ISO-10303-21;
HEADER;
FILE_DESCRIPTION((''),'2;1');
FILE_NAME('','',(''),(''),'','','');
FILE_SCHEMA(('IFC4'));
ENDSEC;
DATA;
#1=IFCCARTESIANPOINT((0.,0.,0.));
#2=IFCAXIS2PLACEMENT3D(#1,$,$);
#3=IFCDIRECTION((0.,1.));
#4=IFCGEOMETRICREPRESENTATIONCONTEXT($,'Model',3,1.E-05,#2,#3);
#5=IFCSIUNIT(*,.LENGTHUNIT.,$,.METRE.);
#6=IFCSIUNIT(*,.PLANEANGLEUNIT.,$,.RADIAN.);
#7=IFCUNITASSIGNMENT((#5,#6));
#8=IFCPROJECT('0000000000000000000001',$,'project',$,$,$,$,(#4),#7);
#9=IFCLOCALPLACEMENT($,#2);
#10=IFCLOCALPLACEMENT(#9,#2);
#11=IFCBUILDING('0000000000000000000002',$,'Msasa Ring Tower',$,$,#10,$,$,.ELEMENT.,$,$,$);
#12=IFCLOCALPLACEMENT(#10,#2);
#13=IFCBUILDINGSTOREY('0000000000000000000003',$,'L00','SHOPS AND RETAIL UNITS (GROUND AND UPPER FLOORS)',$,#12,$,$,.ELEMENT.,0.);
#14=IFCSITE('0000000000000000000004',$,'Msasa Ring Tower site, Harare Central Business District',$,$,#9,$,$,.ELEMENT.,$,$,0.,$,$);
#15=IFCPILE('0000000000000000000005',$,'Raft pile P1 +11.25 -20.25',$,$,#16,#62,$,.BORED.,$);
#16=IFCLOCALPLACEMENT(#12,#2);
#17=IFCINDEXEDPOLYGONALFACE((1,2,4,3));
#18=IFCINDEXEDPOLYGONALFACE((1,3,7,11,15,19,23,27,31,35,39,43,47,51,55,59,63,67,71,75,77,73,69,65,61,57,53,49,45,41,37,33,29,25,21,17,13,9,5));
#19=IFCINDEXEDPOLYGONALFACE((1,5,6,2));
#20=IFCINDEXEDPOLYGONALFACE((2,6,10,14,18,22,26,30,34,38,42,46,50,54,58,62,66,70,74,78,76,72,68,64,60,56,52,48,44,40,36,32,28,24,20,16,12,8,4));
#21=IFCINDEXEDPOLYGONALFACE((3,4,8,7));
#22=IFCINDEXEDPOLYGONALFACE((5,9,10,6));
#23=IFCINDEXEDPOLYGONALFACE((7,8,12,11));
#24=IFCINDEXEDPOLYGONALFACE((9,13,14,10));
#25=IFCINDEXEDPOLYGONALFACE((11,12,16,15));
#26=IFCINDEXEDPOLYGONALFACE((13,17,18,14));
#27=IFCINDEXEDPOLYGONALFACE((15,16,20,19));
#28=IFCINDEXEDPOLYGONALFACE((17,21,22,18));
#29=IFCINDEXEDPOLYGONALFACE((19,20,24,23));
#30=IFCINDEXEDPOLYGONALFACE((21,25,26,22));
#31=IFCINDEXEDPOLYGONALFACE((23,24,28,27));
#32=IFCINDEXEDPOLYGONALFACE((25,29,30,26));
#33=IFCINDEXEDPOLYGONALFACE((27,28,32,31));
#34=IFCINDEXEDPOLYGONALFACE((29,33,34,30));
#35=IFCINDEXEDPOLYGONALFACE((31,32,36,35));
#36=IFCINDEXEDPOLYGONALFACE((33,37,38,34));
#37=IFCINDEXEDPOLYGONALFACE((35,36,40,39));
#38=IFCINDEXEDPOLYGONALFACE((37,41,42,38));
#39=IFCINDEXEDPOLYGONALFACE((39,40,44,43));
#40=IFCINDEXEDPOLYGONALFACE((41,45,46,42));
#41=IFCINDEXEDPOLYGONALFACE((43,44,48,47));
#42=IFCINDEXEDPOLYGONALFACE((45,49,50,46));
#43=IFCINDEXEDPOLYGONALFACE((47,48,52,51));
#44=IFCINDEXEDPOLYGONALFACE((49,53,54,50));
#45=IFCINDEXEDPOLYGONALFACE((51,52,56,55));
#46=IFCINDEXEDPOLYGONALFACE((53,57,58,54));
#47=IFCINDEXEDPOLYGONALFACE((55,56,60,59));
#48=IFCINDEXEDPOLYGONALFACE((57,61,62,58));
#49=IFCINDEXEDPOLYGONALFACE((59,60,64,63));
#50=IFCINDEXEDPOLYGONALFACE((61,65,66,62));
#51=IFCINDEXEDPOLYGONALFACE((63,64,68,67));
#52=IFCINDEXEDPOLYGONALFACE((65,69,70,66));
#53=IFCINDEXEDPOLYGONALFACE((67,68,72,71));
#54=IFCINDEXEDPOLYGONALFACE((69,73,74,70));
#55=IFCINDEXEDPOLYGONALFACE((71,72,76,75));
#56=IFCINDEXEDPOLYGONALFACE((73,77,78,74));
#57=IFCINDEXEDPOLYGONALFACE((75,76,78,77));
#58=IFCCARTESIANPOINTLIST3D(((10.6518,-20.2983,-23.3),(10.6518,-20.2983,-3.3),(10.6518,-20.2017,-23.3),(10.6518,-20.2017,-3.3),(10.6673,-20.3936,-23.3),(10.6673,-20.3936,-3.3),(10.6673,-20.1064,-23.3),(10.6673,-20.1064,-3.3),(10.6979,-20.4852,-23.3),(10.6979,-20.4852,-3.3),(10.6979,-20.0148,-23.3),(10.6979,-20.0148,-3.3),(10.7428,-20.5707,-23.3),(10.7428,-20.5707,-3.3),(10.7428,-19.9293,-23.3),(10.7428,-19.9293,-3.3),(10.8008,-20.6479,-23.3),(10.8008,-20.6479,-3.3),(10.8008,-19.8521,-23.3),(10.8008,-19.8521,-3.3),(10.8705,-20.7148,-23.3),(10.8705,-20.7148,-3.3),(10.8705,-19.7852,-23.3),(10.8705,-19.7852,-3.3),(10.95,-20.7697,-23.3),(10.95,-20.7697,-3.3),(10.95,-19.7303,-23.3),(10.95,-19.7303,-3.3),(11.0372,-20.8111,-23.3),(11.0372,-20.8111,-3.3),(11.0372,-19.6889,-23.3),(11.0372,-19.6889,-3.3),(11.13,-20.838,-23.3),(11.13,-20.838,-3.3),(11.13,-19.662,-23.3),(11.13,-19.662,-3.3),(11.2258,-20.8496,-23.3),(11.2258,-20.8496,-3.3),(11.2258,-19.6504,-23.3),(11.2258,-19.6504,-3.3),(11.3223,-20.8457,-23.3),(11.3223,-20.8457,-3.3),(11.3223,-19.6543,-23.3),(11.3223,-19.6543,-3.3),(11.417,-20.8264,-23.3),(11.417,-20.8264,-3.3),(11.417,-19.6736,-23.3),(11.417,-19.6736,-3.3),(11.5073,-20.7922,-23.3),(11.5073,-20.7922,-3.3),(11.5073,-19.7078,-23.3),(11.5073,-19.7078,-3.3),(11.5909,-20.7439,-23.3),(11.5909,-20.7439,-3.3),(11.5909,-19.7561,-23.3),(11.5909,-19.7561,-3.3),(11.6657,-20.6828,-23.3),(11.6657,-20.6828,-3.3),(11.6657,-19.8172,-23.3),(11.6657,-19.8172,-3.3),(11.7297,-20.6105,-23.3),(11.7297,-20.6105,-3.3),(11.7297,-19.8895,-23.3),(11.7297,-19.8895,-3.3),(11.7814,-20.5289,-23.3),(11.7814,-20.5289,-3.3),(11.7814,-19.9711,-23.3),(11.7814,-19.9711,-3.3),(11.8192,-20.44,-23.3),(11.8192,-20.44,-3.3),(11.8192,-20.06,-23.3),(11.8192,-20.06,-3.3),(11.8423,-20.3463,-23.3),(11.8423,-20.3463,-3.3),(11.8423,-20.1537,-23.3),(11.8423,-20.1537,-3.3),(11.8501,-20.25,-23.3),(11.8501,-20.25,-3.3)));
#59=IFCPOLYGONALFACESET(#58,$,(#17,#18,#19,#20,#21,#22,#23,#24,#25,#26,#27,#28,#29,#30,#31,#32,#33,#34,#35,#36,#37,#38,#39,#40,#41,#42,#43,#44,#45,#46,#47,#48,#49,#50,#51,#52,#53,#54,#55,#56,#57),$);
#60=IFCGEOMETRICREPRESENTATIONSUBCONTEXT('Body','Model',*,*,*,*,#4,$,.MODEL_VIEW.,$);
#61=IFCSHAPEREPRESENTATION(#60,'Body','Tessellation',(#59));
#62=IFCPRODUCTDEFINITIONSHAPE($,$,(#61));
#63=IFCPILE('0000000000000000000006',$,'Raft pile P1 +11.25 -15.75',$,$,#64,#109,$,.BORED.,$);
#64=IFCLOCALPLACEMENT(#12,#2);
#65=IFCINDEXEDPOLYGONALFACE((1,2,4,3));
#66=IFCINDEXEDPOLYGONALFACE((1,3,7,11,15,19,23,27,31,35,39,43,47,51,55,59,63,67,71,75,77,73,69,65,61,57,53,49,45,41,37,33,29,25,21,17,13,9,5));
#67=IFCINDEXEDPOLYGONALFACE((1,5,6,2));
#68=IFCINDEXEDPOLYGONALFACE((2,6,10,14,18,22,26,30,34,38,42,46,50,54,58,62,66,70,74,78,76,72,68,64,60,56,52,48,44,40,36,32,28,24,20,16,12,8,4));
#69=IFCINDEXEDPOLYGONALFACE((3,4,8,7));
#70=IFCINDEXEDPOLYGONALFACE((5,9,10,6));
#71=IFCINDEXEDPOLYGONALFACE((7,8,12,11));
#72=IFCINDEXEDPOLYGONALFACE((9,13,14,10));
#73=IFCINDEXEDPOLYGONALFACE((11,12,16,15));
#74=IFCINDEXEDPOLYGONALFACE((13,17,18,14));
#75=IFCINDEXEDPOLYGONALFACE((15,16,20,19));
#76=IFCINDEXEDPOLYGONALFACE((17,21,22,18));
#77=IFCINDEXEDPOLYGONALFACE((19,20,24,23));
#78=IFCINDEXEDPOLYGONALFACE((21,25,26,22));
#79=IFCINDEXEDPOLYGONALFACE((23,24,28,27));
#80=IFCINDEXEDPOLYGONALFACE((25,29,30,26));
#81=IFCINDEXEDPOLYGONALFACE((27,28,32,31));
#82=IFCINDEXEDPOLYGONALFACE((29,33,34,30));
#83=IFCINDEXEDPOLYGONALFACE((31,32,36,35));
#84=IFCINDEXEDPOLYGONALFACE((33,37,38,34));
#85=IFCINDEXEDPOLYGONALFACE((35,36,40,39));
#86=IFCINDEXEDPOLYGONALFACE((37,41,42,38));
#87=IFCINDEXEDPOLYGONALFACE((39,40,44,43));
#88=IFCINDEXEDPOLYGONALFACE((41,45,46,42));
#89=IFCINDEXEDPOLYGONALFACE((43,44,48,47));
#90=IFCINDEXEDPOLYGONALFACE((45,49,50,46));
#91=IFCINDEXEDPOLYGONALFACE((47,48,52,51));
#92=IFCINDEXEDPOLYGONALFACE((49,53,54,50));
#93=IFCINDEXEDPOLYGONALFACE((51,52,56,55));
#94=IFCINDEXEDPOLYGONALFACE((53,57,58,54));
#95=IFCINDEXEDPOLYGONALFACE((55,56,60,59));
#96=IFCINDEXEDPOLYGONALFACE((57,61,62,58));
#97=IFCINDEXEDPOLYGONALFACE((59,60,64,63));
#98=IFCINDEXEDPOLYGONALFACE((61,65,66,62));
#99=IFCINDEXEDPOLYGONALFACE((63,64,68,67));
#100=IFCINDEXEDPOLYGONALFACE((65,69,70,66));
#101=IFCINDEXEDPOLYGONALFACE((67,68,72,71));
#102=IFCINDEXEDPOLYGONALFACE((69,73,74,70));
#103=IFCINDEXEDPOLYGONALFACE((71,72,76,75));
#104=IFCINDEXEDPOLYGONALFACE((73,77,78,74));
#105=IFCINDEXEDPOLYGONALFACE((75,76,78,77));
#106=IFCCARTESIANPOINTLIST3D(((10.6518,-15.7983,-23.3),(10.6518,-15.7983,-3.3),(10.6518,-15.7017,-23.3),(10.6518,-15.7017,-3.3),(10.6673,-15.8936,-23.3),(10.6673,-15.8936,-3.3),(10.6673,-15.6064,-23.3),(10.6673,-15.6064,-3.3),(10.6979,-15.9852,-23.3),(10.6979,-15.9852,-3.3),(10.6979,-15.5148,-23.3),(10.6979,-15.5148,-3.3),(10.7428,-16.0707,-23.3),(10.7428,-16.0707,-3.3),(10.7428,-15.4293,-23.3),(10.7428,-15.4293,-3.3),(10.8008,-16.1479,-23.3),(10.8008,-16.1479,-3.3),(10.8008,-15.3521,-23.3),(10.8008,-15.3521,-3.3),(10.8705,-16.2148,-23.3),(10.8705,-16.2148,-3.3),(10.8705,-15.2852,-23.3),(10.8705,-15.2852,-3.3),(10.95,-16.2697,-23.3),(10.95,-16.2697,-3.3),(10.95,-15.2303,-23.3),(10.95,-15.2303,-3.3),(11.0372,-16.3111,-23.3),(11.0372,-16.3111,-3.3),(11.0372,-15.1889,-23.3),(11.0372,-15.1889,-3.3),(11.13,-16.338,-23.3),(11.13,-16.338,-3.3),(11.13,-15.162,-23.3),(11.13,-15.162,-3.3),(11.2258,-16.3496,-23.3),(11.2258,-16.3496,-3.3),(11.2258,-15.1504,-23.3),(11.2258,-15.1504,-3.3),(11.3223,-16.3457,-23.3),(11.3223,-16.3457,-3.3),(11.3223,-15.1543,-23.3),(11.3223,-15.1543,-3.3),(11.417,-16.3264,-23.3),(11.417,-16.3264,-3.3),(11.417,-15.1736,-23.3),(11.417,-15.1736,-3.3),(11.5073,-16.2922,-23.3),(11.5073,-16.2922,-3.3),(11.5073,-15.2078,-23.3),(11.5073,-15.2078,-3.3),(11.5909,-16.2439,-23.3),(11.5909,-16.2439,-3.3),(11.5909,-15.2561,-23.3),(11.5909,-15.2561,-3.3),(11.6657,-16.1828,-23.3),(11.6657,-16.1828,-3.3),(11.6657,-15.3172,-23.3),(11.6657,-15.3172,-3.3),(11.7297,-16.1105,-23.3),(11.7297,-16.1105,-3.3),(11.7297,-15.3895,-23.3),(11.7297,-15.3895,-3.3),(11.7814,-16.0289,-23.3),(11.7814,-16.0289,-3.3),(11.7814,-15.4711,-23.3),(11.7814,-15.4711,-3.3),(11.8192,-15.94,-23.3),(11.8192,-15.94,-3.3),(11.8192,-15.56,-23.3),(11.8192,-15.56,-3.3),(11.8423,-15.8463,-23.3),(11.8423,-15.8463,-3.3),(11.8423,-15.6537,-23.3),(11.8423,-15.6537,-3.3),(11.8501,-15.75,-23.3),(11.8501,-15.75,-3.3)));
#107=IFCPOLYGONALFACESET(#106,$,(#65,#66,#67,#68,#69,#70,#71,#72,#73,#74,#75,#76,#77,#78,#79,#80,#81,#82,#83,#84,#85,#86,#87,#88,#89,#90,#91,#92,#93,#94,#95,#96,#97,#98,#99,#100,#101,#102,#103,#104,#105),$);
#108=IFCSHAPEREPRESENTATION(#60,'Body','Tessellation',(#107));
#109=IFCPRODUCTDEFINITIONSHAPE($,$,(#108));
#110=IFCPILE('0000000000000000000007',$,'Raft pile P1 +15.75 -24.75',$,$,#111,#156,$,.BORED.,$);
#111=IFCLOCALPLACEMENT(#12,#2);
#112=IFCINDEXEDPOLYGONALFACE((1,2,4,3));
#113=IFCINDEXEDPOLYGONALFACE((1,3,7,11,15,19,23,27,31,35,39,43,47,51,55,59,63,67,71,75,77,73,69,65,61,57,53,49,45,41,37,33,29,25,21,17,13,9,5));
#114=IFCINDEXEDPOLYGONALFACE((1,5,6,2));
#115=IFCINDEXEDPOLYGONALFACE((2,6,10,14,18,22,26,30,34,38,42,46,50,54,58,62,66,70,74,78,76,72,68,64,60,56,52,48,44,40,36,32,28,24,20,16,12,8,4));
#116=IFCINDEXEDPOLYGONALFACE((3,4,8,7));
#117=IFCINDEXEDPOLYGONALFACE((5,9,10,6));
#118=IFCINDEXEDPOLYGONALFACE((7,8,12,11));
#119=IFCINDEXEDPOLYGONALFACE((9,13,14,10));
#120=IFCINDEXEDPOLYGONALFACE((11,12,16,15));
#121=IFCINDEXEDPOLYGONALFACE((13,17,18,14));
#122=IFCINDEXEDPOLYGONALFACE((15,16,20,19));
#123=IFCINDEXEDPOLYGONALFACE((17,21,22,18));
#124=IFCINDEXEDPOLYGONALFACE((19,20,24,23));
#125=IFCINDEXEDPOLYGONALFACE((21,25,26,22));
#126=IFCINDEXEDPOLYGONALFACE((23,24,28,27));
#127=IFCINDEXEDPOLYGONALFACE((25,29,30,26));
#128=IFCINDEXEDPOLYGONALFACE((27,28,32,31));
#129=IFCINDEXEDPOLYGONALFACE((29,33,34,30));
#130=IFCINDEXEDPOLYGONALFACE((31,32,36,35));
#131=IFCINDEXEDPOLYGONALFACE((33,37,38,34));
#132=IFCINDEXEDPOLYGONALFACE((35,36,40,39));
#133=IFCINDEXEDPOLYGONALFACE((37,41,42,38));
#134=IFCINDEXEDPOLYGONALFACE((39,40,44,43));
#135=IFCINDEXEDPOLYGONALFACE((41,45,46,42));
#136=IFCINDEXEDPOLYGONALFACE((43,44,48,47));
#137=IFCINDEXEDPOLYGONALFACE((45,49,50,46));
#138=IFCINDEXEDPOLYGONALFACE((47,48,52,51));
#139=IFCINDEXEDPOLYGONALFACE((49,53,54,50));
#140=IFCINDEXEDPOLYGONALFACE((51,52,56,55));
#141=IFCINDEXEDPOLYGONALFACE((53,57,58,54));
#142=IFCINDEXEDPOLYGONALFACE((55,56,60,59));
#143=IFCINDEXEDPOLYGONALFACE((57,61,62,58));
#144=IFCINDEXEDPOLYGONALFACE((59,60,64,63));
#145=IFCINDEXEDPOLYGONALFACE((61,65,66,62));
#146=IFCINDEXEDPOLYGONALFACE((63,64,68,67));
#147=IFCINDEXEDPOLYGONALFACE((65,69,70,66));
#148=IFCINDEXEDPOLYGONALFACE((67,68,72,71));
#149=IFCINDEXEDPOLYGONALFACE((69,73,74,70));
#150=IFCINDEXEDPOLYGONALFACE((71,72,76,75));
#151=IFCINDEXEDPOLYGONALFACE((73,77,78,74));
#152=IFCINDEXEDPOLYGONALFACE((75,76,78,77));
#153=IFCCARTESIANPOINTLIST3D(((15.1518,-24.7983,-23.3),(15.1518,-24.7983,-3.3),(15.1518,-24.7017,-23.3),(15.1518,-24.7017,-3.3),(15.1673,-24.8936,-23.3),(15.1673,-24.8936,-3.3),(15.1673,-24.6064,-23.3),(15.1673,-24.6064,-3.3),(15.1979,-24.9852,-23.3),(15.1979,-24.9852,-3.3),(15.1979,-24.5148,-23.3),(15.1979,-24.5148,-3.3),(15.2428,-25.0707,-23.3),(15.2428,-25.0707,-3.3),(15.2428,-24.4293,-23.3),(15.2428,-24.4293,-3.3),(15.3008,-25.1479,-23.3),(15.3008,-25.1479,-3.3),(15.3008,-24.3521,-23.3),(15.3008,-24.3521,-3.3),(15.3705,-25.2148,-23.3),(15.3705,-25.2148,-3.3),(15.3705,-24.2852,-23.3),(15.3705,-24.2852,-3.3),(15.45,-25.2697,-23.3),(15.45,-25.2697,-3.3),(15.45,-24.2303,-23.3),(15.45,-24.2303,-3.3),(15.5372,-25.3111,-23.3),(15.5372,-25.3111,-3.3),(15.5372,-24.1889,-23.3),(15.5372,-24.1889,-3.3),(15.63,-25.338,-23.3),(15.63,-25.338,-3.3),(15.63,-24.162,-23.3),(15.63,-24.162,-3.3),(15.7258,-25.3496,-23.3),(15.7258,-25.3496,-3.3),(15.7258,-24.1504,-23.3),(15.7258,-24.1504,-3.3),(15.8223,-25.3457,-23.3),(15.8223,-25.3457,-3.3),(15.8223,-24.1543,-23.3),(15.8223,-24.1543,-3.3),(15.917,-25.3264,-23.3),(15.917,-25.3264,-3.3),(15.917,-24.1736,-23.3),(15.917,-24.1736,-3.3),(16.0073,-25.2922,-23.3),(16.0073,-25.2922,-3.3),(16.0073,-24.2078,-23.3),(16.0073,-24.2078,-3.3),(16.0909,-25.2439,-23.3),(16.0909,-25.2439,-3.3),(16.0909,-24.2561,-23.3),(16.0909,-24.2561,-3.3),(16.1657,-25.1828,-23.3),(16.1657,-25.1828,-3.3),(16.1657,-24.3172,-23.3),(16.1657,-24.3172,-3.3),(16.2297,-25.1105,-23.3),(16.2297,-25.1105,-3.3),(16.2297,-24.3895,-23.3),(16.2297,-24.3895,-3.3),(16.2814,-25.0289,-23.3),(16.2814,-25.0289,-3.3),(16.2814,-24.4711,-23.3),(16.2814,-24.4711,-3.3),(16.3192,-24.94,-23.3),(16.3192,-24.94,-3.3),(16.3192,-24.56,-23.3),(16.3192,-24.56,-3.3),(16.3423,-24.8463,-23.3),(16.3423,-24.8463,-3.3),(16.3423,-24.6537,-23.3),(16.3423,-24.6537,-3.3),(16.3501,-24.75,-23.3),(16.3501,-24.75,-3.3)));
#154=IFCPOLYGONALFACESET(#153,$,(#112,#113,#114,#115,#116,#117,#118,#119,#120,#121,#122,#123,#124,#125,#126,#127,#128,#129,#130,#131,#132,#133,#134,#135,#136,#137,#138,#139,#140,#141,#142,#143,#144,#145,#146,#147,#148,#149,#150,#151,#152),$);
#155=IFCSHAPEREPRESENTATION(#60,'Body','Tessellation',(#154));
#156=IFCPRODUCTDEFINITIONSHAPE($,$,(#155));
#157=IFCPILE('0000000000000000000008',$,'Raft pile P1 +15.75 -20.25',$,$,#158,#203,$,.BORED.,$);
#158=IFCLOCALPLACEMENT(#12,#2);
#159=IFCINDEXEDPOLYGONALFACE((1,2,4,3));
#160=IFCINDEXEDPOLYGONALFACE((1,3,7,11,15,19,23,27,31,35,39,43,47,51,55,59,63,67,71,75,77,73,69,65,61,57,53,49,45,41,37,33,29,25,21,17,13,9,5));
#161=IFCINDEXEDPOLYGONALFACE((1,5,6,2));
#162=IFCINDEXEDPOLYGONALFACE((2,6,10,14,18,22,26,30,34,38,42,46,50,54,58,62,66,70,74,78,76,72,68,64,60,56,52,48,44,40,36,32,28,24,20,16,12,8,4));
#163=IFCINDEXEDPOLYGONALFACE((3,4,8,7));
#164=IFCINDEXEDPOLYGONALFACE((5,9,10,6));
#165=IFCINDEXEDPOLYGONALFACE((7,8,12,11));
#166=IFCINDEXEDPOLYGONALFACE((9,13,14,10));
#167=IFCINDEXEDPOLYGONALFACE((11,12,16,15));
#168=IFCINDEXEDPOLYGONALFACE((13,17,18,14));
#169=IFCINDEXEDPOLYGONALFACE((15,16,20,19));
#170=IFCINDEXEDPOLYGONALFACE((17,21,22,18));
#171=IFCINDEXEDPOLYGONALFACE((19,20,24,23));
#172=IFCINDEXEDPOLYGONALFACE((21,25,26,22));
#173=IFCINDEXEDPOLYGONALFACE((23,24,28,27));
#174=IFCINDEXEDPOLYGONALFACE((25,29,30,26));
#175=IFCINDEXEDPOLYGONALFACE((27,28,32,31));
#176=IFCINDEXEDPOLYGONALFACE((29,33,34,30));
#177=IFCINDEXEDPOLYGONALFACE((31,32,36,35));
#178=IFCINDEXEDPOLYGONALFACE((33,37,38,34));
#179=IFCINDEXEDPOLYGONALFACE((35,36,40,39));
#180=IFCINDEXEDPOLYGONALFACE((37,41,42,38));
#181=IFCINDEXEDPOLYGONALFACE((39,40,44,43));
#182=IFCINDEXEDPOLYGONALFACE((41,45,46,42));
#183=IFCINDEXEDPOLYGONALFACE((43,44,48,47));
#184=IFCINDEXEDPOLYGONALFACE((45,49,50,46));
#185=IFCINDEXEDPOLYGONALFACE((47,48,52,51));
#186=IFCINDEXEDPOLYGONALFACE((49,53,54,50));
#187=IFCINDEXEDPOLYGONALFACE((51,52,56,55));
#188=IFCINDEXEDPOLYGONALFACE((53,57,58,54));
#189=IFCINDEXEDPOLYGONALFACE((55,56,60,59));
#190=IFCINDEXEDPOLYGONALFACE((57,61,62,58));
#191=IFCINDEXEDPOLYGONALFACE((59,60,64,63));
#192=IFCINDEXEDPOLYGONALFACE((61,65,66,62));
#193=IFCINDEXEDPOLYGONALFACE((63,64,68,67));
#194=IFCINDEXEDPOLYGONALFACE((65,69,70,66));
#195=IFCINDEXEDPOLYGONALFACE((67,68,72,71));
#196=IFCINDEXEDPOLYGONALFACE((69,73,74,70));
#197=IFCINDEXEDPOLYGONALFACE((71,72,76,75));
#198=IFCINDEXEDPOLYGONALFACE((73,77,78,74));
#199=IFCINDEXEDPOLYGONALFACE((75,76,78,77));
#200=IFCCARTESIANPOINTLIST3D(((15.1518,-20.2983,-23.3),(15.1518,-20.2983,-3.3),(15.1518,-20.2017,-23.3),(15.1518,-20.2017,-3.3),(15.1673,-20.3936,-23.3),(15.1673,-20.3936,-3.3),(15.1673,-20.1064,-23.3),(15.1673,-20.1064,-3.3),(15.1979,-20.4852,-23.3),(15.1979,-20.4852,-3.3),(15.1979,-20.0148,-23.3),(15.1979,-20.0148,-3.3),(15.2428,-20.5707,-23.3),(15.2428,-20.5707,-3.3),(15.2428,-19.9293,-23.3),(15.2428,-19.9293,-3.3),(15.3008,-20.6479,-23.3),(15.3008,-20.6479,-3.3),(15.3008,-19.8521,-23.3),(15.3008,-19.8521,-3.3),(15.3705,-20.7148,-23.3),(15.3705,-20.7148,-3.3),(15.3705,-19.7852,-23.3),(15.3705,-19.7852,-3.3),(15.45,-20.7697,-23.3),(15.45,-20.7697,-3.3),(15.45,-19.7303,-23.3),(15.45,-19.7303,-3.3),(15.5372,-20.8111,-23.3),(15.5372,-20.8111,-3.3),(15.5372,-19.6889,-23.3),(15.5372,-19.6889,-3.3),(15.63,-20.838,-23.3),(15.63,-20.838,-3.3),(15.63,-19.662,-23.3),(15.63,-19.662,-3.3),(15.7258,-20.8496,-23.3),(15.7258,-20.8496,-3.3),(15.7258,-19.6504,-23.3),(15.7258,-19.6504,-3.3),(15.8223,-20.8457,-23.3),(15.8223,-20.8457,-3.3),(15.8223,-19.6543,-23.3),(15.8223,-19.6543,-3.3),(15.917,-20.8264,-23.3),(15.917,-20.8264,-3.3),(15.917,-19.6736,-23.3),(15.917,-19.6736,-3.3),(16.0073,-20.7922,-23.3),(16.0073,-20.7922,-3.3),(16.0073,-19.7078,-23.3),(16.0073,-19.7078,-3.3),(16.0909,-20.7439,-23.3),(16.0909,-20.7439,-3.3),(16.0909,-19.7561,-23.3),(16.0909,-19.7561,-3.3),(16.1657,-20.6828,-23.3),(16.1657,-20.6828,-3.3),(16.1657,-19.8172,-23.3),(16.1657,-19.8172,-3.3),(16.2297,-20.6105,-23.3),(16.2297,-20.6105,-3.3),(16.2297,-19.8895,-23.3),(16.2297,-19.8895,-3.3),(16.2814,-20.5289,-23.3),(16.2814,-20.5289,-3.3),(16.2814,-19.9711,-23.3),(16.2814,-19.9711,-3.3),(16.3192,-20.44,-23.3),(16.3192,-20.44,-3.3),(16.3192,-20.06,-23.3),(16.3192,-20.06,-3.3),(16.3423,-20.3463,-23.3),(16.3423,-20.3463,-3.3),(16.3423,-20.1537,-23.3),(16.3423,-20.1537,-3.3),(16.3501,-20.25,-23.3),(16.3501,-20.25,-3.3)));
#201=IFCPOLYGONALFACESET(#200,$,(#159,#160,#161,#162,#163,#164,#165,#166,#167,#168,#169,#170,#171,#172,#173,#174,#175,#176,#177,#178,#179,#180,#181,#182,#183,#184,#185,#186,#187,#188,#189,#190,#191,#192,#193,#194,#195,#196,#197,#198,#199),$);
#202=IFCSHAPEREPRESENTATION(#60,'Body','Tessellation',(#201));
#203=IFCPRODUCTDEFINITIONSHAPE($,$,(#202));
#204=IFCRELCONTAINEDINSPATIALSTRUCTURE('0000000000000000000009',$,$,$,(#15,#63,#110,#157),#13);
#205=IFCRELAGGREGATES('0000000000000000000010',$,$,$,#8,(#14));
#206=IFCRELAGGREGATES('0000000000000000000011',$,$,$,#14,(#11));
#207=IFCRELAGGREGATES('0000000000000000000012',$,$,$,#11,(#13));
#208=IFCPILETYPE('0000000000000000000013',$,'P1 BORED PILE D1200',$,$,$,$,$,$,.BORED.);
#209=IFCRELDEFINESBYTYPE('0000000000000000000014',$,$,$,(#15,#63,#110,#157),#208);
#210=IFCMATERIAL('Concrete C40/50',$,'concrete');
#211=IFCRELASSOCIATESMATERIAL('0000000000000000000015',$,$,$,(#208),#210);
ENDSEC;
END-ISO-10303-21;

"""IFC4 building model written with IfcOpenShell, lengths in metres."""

from ifc_helpers import new_model, si_unit, direction, frame, origin, origin_2d, place, context, subcontext, project, spatial, circle, extrude, material, material_profile, profile_set, type_object, element, save


model = new_model("IFC4")

# Units and contexts
model_context = context("Model", 3, precision=1e-05, world=origin(), true_north=direction((0.0, 1.0)))
body_context = subcontext(model_context, "Body", "Model", "MODEL_VIEW")
ifc_project = project(units=[si_unit("LENGTHUNIT", "METRE"), si_unit("PLANEANGLEUNIT", "RADIAN")], contexts=[model_context])

# Site, building, storey
site_placement = place(None, origin())
site = spatial("IfcSite", under=ifc_project, at=site_placement, Name="Msasa Ring Tower site, Harare Central Business District", CompositionType="ELEMENT", RefElevation=0.0)
building_placement = place(site_placement, origin())
building = spatial("IfcBuilding", under=site, at=building_placement, Name="Msasa Ring Tower", CompositionType="ELEMENT")
storey_placement = place(building_placement, origin())
storey = spatial("IfcBuildingStorey", under=building, at=storey_placement, Name="L00", Description="SHOPS AND RETAIL UNITS (GROUND AND UPPER FLOORS)", CompositionType="ELEMENT", Elevation=0.0)

# Piles
ifc_material_1 = material(Name="Concrete C40/50", Category="concrete")
ifc_material_profile_1 = material_profile(ifc_material_1, circle(Radius=0.6001, at=origin_2d()), Name="D1200")
ifc_profile_set_1 = profile_set([ifc_material_profile_1], Name="Concrete C40/50")
pile_type = type_object("IfcPileType", Name="P1 BORED PILE D1200", PredefinedType="BORED", material=ifc_profile_set_1)
for number, where, z_axis, x_axis, name in (
    (1, (11.25, -20.25, -3.3), (0.0, 0.0, -1.0), (1.0, 0.0, 0.0), "Raft pile P1 +11.25 -20.25"),
    (2, (11.25, -15.75, -3.3), (0.0, 0.0, -1.0), (1.0, 0.0, 0.0), "Raft pile P1 +11.25 -15.75"),
    (3, (15.75, -24.75, -3.3), (0.0, 0.0, -1.0), (1.0, 0.0, 0.0), "Raft pile P1 +15.75 -24.75"),
    (4, (15.75, -20.25, -3.3), (0.0, 0.0, -1.0), (1.0, 0.0, 0.0), "Raft pile P1 +15.75 -20.25"),
):
    element("IfcPile", number, at=place(storey_placement, frame(where, z_axis=z_axis, x_axis=x_axis)), inside=storey, type_object=pile_type, Name=name, PredefinedType="BORED", context=body_context, shape_type="SweptSolid", body=[
        extrude(circle(Radius=0.6001, at=origin_2d()), origin(), (0.0, 0.0, 1.0), 20.0),
    ])

save(model, "model.ifc")
